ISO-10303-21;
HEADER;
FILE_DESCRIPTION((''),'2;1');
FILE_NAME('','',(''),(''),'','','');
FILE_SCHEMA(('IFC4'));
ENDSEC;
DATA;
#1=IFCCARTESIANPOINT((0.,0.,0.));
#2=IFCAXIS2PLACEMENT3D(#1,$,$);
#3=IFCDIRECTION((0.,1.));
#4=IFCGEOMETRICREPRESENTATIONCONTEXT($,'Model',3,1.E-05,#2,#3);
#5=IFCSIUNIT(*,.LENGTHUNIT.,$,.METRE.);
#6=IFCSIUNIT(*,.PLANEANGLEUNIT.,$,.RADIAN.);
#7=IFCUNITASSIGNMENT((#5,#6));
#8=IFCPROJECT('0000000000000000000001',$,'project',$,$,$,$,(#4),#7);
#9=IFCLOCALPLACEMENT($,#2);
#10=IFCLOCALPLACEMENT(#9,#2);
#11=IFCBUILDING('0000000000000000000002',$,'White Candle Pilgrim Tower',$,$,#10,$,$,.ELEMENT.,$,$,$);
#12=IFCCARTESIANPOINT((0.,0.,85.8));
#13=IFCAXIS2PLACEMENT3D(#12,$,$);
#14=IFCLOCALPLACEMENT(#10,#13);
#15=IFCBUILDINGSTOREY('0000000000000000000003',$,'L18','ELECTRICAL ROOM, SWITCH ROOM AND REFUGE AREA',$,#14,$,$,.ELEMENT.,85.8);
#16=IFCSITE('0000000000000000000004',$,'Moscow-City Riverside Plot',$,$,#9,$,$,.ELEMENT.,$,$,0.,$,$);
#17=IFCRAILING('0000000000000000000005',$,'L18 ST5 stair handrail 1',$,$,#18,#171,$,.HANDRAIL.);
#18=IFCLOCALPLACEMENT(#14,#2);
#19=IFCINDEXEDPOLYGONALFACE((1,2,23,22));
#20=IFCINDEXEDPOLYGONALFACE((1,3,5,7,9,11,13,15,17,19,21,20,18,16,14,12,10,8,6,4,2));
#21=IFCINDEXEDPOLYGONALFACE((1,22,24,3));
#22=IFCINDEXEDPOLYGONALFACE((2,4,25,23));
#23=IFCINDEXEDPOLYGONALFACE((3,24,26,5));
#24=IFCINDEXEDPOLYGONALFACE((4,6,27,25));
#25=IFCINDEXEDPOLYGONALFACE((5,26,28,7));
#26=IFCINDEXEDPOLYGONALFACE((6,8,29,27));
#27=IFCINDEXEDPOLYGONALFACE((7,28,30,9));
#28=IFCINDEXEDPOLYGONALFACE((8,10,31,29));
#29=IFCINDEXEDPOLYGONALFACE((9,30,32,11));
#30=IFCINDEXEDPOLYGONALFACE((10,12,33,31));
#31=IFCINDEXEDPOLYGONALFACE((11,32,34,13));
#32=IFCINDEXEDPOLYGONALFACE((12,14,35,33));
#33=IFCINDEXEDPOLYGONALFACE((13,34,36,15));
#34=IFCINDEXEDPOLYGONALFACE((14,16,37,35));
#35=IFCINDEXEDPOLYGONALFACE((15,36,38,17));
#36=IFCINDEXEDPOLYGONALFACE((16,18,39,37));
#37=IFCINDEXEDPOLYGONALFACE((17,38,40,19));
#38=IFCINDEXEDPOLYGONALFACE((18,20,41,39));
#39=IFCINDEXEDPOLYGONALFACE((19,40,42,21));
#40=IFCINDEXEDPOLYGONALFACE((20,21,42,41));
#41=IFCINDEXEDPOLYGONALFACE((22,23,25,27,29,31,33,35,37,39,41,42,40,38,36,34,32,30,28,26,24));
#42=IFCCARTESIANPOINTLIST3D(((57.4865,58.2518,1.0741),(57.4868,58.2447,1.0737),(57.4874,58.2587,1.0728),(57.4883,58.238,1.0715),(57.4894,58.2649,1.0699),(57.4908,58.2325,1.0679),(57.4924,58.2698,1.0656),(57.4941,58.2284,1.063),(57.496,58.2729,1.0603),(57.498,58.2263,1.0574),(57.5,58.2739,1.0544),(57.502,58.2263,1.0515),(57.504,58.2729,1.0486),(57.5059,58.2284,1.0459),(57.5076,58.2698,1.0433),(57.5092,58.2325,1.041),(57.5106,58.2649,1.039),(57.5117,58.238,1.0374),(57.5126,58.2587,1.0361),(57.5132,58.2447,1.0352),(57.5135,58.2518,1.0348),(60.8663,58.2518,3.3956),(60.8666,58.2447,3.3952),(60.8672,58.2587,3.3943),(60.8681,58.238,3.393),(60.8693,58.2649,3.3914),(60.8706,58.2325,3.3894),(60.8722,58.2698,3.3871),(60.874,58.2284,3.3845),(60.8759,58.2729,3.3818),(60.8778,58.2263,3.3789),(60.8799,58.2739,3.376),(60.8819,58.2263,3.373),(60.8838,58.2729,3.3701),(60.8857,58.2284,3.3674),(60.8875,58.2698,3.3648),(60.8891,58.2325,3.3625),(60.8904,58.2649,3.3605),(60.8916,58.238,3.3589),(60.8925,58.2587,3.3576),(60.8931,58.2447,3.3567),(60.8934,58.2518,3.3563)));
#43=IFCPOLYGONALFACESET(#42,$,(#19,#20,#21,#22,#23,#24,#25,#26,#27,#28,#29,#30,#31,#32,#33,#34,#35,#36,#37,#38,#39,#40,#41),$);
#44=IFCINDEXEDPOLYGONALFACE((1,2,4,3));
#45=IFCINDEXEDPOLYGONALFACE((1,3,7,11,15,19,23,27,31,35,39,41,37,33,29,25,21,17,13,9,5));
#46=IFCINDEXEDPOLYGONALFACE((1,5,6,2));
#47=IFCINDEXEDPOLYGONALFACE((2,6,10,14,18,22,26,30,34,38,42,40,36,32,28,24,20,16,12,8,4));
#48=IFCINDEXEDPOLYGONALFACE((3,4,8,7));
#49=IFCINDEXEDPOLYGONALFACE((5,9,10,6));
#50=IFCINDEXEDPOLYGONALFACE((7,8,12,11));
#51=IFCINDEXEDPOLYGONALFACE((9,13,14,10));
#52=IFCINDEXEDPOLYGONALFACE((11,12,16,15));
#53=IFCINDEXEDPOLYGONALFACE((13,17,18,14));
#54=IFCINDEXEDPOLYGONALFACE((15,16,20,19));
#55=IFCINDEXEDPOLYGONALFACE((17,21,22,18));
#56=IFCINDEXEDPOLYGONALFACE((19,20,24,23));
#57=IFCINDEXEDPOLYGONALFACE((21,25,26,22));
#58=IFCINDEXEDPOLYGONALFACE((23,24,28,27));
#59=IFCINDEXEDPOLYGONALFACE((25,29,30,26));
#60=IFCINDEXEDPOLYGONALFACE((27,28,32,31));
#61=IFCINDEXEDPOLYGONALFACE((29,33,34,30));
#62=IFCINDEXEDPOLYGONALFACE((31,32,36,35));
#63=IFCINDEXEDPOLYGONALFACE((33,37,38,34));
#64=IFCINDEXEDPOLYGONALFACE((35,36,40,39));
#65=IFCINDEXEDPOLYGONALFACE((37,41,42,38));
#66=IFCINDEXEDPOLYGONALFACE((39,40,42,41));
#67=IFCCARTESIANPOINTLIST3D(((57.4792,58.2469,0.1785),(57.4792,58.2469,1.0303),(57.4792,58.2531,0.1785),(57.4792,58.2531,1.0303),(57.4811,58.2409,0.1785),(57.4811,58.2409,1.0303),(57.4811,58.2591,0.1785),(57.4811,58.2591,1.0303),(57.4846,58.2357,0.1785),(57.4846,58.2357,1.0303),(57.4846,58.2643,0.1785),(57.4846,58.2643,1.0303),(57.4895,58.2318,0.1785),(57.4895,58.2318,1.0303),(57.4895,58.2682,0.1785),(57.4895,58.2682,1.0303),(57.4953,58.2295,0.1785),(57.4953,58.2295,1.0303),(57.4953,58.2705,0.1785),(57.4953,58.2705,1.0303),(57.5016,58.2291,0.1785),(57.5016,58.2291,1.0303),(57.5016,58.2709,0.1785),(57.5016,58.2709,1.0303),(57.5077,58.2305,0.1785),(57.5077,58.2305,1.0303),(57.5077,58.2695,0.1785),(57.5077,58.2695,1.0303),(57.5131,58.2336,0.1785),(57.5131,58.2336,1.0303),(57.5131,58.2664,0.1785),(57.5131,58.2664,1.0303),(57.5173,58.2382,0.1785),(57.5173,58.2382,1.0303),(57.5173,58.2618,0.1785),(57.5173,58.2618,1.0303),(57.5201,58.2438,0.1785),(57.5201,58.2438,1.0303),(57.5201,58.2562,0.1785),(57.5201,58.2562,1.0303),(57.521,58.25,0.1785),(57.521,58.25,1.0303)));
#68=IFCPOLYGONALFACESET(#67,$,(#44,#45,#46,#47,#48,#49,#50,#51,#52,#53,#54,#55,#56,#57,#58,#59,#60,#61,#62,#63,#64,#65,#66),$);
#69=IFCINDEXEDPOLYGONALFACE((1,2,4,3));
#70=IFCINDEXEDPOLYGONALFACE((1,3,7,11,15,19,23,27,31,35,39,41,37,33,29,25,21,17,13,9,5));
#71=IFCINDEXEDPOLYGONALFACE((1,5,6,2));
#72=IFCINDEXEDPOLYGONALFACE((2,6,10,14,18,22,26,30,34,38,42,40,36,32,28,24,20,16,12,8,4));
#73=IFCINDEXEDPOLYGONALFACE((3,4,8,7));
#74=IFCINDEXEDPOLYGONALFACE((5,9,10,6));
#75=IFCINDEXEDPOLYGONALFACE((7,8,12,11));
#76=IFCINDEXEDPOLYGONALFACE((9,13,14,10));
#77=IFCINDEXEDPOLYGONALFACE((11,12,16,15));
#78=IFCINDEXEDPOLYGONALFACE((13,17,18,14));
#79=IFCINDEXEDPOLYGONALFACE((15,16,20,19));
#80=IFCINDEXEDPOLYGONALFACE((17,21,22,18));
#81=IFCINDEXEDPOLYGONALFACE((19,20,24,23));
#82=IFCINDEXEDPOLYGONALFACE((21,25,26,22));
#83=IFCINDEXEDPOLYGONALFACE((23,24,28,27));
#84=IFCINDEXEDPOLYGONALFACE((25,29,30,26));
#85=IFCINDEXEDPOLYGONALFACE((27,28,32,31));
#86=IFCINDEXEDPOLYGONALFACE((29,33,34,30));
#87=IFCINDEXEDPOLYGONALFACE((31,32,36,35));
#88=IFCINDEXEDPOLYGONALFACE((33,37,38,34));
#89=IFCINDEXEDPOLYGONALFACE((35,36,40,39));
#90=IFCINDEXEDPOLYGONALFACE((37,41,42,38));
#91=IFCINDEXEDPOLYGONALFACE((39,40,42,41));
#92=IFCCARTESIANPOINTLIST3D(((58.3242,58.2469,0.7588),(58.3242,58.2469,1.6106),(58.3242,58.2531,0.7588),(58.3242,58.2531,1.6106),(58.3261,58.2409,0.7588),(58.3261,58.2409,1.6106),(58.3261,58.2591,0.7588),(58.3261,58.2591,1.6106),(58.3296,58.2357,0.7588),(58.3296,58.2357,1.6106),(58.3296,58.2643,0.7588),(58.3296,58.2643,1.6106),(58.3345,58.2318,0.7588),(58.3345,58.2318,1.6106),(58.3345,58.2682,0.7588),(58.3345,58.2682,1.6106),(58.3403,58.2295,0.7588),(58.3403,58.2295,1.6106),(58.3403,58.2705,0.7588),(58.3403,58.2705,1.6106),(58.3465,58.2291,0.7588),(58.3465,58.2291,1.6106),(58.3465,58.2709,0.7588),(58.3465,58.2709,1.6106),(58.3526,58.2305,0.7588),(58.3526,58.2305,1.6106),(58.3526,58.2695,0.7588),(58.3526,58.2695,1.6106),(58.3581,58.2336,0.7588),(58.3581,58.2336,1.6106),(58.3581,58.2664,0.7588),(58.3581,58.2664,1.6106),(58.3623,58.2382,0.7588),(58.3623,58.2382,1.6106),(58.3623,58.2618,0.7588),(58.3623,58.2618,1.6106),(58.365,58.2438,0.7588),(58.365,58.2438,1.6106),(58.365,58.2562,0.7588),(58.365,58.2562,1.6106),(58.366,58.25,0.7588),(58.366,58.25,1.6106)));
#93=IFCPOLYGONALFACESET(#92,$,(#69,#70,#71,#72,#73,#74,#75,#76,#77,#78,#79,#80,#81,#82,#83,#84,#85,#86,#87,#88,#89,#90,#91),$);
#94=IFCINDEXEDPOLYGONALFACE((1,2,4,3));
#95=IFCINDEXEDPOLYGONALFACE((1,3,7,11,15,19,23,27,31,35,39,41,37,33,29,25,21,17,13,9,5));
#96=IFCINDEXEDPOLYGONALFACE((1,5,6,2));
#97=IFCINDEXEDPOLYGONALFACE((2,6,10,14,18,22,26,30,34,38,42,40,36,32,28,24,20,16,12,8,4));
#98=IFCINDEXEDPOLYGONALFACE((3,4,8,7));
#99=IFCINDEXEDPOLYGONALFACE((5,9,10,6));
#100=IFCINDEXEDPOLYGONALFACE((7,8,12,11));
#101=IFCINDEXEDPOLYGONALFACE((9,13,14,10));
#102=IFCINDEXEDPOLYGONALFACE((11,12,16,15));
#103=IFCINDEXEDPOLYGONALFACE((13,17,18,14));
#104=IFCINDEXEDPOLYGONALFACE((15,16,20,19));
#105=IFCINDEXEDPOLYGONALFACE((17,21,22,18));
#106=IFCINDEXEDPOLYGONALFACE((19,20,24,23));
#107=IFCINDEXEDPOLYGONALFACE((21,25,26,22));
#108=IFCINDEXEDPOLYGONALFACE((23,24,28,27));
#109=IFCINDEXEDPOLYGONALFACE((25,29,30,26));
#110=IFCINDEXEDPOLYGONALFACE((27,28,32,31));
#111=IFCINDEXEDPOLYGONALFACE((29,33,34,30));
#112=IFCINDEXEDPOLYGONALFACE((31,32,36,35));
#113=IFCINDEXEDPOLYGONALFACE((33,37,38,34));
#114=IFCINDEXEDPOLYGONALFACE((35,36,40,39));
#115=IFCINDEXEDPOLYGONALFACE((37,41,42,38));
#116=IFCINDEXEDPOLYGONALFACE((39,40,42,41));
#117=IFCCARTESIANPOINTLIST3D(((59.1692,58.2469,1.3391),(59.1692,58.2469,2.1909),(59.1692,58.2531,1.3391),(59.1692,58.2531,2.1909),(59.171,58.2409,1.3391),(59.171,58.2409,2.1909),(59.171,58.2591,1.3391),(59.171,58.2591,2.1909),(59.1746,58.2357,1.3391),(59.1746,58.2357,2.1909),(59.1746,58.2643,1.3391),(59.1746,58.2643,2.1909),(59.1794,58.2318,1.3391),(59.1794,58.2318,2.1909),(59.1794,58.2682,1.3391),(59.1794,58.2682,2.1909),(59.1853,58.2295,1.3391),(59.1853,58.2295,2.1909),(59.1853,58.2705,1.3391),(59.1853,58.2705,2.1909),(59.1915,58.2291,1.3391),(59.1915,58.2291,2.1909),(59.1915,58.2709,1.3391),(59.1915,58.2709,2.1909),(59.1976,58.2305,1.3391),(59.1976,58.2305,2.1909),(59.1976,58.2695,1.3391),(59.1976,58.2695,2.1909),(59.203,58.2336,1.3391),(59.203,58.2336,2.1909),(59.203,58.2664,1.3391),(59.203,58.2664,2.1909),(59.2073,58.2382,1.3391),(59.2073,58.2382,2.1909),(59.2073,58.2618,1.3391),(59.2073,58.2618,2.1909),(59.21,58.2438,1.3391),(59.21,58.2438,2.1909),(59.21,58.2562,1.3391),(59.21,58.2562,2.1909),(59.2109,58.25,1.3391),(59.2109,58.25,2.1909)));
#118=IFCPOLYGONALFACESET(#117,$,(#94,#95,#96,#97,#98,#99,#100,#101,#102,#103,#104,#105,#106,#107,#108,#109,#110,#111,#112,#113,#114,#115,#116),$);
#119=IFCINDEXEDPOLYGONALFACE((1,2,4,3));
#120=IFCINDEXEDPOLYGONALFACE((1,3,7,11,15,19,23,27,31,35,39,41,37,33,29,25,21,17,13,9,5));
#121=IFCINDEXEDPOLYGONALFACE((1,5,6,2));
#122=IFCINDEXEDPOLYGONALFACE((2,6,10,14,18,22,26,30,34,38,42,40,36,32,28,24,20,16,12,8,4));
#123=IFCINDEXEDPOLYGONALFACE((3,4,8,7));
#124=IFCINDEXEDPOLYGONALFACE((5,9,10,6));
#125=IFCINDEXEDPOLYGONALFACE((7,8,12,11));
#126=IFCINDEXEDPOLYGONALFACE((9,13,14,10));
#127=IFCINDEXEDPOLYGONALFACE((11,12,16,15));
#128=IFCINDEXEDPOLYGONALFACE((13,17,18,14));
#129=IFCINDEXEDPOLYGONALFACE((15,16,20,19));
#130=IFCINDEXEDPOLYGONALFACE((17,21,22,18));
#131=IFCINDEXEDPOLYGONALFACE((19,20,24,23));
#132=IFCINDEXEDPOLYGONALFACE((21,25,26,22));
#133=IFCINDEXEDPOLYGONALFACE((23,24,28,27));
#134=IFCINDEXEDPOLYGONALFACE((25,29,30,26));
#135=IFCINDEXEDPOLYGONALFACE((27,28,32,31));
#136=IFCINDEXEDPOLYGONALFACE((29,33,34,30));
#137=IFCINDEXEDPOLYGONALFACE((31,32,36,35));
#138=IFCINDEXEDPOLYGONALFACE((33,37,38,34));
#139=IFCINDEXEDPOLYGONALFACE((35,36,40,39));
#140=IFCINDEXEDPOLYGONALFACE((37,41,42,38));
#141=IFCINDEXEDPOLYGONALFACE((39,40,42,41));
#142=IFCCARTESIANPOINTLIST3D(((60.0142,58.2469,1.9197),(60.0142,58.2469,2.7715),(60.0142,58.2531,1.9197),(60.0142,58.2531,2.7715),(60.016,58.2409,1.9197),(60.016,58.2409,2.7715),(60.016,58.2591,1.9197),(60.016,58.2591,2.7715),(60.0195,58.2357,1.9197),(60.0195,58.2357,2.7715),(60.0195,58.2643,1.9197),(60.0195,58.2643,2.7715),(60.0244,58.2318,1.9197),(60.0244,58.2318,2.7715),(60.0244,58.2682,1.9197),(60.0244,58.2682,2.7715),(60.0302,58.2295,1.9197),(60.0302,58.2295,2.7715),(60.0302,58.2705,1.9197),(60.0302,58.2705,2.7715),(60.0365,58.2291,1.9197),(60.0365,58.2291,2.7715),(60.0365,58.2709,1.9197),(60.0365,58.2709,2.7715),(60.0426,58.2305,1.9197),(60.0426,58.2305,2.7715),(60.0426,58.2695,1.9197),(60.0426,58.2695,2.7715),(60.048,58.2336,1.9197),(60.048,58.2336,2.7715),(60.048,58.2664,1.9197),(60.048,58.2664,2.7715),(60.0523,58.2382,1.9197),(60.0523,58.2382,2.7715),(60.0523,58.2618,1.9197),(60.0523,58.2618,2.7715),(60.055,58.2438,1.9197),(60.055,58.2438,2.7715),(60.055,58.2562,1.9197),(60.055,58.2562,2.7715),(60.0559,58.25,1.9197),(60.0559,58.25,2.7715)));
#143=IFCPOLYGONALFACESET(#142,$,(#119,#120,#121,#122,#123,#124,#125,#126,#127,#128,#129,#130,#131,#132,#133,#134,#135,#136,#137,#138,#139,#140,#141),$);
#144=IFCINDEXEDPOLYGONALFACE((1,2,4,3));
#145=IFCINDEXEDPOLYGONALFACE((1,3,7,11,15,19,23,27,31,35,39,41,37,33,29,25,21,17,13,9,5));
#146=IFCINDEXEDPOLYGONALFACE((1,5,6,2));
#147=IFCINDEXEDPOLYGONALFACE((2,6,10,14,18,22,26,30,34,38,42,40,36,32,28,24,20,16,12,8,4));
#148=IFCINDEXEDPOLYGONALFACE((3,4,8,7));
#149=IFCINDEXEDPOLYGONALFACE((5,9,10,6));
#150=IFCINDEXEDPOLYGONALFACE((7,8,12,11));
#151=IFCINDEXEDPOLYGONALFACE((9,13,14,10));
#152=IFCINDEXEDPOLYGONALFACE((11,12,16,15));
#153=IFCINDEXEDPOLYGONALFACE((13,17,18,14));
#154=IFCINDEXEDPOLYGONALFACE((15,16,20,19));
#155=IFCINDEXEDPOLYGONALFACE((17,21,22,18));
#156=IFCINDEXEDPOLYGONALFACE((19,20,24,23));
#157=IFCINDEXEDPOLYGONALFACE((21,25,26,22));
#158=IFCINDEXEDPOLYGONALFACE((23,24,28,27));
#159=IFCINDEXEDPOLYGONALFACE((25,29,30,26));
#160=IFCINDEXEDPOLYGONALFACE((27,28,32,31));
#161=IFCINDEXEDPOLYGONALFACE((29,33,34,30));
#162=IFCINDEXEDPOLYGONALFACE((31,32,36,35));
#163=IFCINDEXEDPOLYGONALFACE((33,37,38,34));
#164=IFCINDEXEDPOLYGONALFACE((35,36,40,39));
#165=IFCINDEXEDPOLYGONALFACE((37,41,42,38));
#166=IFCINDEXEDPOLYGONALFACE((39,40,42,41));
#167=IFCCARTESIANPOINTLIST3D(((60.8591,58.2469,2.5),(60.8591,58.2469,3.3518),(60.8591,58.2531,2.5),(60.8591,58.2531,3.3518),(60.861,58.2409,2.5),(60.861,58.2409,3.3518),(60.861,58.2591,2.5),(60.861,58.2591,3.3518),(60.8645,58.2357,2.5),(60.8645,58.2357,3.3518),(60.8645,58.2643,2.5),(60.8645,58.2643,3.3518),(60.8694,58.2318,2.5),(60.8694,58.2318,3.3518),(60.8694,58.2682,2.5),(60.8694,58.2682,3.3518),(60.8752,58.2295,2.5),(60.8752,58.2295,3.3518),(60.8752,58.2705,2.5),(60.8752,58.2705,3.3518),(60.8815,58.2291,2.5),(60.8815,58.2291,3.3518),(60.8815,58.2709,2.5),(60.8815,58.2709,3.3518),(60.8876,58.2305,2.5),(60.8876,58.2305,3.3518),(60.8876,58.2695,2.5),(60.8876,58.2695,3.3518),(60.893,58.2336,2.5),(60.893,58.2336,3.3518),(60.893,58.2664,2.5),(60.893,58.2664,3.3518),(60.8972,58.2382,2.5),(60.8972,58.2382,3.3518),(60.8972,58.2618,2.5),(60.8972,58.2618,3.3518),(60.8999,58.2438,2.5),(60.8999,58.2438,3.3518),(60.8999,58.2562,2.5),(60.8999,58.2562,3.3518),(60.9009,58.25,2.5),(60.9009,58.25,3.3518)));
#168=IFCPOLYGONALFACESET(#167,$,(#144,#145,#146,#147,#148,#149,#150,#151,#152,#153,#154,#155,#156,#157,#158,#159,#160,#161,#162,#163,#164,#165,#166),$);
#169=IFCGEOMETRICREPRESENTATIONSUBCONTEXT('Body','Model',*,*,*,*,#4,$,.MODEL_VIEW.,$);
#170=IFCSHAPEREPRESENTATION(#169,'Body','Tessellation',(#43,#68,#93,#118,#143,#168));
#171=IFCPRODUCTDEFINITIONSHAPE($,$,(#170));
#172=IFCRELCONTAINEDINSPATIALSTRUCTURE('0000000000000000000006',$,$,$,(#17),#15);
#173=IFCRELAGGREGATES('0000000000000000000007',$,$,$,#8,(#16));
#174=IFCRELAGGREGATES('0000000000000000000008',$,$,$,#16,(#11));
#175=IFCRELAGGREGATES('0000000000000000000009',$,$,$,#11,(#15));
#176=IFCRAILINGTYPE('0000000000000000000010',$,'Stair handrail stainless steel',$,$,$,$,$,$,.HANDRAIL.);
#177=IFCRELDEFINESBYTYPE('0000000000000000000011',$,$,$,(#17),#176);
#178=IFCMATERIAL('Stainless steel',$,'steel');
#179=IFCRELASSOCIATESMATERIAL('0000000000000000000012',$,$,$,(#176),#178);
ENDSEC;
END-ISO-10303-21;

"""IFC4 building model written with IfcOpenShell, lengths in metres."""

from ifc_helpers import new_model, si_unit, direction, frame, origin, origin_2d, place, context, subcontext, project, spatial, circle, extrude, material, type_object, element, save


model = new_model("IFC4")

# Units and contexts
model_context = context("Model", 3, precision=1e-05, world=origin(), true_north=direction((0.0, 1.0)))
body_context = subcontext(model_context, "Body", "Model", "MODEL_VIEW")
ifc_project = project(units=[si_unit("LENGTHUNIT", "METRE"), si_unit("PLANEANGLEUNIT", "RADIAN")], contexts=[model_context])

# Site, building, storey
site_placement = place(None, origin())
site = spatial("IfcSite", under=ifc_project, at=site_placement, Name="Moscow-City Riverside Plot", CompositionType="ELEMENT", RefElevation=0.0)
building_placement = place(site_placement, origin())
building = spatial("IfcBuilding", under=site, at=building_placement, Name="White Candle Pilgrim Tower", CompositionType="ELEMENT")
storey_placement = place(building_placement, frame((0.0, 0.0, 85.8)))
storey = spatial("IfcBuildingStorey", under=building, at=storey_placement, Name="L18", Description="ELECTRICAL ROOM, SWITCH ROOM AND REFUGE AREA", CompositionType="ELEMENT", Elevation=85.8)

# Railing
ifc_material_1 = material(Name="Stainless steel", Category="steel")
railing_type_1 = type_object("IfcRailingType", Name="Stair handrail stainless steel", PredefinedType="HANDRAIL", material=ifc_material_1)
railing_1_placement = place(storey_placement, frame((57.5, 58.25, 0.1785)))
element("IfcRailing", 1, at=railing_1_placement, inside=storey, type_object=railing_type_1, Name="L18 ST5 stair handrail 1", PredefinedType="HANDRAIL", context=body_context, shape_type="SweptSolid", body=[
    extrude(circle(Radius=0.0239, at=origin_2d()), frame((0.0, 0.0, 0.876), z_axis=(0.824285, 0.0, 0.566175), x_axis=(0.0, 1.0, 0.0)), (0.0, 0.0, 1.0), 4.1003),
    extrude(circle(Radius=0.021, at=origin_2d()), origin(), (0.0, 0.0, 1.0), 0.8518),
    extrude(circle(Radius=0.021, at=origin_2d()), frame((0.845, 0.0, 0.5803)), (0.0, 0.0, 1.0), 0.8518),
    extrude(circle(Radius=0.021, at=origin_2d()), frame((1.6899, 0.0, 1.1606)), (0.0, 0.0, 1.0), 0.8518),
    extrude(circle(Radius=0.021, at=origin_2d()), frame((2.5349, 0.0, 1.7412)), (0.0, 0.0, 1.0), 0.8518),
    extrude(circle(Radius=0.021, at=origin_2d()), frame((3.3799, 0.0, 2.3215)), (0.0, 0.0, 1.0), 0.8518),
])

save(model, "model.ifc")
